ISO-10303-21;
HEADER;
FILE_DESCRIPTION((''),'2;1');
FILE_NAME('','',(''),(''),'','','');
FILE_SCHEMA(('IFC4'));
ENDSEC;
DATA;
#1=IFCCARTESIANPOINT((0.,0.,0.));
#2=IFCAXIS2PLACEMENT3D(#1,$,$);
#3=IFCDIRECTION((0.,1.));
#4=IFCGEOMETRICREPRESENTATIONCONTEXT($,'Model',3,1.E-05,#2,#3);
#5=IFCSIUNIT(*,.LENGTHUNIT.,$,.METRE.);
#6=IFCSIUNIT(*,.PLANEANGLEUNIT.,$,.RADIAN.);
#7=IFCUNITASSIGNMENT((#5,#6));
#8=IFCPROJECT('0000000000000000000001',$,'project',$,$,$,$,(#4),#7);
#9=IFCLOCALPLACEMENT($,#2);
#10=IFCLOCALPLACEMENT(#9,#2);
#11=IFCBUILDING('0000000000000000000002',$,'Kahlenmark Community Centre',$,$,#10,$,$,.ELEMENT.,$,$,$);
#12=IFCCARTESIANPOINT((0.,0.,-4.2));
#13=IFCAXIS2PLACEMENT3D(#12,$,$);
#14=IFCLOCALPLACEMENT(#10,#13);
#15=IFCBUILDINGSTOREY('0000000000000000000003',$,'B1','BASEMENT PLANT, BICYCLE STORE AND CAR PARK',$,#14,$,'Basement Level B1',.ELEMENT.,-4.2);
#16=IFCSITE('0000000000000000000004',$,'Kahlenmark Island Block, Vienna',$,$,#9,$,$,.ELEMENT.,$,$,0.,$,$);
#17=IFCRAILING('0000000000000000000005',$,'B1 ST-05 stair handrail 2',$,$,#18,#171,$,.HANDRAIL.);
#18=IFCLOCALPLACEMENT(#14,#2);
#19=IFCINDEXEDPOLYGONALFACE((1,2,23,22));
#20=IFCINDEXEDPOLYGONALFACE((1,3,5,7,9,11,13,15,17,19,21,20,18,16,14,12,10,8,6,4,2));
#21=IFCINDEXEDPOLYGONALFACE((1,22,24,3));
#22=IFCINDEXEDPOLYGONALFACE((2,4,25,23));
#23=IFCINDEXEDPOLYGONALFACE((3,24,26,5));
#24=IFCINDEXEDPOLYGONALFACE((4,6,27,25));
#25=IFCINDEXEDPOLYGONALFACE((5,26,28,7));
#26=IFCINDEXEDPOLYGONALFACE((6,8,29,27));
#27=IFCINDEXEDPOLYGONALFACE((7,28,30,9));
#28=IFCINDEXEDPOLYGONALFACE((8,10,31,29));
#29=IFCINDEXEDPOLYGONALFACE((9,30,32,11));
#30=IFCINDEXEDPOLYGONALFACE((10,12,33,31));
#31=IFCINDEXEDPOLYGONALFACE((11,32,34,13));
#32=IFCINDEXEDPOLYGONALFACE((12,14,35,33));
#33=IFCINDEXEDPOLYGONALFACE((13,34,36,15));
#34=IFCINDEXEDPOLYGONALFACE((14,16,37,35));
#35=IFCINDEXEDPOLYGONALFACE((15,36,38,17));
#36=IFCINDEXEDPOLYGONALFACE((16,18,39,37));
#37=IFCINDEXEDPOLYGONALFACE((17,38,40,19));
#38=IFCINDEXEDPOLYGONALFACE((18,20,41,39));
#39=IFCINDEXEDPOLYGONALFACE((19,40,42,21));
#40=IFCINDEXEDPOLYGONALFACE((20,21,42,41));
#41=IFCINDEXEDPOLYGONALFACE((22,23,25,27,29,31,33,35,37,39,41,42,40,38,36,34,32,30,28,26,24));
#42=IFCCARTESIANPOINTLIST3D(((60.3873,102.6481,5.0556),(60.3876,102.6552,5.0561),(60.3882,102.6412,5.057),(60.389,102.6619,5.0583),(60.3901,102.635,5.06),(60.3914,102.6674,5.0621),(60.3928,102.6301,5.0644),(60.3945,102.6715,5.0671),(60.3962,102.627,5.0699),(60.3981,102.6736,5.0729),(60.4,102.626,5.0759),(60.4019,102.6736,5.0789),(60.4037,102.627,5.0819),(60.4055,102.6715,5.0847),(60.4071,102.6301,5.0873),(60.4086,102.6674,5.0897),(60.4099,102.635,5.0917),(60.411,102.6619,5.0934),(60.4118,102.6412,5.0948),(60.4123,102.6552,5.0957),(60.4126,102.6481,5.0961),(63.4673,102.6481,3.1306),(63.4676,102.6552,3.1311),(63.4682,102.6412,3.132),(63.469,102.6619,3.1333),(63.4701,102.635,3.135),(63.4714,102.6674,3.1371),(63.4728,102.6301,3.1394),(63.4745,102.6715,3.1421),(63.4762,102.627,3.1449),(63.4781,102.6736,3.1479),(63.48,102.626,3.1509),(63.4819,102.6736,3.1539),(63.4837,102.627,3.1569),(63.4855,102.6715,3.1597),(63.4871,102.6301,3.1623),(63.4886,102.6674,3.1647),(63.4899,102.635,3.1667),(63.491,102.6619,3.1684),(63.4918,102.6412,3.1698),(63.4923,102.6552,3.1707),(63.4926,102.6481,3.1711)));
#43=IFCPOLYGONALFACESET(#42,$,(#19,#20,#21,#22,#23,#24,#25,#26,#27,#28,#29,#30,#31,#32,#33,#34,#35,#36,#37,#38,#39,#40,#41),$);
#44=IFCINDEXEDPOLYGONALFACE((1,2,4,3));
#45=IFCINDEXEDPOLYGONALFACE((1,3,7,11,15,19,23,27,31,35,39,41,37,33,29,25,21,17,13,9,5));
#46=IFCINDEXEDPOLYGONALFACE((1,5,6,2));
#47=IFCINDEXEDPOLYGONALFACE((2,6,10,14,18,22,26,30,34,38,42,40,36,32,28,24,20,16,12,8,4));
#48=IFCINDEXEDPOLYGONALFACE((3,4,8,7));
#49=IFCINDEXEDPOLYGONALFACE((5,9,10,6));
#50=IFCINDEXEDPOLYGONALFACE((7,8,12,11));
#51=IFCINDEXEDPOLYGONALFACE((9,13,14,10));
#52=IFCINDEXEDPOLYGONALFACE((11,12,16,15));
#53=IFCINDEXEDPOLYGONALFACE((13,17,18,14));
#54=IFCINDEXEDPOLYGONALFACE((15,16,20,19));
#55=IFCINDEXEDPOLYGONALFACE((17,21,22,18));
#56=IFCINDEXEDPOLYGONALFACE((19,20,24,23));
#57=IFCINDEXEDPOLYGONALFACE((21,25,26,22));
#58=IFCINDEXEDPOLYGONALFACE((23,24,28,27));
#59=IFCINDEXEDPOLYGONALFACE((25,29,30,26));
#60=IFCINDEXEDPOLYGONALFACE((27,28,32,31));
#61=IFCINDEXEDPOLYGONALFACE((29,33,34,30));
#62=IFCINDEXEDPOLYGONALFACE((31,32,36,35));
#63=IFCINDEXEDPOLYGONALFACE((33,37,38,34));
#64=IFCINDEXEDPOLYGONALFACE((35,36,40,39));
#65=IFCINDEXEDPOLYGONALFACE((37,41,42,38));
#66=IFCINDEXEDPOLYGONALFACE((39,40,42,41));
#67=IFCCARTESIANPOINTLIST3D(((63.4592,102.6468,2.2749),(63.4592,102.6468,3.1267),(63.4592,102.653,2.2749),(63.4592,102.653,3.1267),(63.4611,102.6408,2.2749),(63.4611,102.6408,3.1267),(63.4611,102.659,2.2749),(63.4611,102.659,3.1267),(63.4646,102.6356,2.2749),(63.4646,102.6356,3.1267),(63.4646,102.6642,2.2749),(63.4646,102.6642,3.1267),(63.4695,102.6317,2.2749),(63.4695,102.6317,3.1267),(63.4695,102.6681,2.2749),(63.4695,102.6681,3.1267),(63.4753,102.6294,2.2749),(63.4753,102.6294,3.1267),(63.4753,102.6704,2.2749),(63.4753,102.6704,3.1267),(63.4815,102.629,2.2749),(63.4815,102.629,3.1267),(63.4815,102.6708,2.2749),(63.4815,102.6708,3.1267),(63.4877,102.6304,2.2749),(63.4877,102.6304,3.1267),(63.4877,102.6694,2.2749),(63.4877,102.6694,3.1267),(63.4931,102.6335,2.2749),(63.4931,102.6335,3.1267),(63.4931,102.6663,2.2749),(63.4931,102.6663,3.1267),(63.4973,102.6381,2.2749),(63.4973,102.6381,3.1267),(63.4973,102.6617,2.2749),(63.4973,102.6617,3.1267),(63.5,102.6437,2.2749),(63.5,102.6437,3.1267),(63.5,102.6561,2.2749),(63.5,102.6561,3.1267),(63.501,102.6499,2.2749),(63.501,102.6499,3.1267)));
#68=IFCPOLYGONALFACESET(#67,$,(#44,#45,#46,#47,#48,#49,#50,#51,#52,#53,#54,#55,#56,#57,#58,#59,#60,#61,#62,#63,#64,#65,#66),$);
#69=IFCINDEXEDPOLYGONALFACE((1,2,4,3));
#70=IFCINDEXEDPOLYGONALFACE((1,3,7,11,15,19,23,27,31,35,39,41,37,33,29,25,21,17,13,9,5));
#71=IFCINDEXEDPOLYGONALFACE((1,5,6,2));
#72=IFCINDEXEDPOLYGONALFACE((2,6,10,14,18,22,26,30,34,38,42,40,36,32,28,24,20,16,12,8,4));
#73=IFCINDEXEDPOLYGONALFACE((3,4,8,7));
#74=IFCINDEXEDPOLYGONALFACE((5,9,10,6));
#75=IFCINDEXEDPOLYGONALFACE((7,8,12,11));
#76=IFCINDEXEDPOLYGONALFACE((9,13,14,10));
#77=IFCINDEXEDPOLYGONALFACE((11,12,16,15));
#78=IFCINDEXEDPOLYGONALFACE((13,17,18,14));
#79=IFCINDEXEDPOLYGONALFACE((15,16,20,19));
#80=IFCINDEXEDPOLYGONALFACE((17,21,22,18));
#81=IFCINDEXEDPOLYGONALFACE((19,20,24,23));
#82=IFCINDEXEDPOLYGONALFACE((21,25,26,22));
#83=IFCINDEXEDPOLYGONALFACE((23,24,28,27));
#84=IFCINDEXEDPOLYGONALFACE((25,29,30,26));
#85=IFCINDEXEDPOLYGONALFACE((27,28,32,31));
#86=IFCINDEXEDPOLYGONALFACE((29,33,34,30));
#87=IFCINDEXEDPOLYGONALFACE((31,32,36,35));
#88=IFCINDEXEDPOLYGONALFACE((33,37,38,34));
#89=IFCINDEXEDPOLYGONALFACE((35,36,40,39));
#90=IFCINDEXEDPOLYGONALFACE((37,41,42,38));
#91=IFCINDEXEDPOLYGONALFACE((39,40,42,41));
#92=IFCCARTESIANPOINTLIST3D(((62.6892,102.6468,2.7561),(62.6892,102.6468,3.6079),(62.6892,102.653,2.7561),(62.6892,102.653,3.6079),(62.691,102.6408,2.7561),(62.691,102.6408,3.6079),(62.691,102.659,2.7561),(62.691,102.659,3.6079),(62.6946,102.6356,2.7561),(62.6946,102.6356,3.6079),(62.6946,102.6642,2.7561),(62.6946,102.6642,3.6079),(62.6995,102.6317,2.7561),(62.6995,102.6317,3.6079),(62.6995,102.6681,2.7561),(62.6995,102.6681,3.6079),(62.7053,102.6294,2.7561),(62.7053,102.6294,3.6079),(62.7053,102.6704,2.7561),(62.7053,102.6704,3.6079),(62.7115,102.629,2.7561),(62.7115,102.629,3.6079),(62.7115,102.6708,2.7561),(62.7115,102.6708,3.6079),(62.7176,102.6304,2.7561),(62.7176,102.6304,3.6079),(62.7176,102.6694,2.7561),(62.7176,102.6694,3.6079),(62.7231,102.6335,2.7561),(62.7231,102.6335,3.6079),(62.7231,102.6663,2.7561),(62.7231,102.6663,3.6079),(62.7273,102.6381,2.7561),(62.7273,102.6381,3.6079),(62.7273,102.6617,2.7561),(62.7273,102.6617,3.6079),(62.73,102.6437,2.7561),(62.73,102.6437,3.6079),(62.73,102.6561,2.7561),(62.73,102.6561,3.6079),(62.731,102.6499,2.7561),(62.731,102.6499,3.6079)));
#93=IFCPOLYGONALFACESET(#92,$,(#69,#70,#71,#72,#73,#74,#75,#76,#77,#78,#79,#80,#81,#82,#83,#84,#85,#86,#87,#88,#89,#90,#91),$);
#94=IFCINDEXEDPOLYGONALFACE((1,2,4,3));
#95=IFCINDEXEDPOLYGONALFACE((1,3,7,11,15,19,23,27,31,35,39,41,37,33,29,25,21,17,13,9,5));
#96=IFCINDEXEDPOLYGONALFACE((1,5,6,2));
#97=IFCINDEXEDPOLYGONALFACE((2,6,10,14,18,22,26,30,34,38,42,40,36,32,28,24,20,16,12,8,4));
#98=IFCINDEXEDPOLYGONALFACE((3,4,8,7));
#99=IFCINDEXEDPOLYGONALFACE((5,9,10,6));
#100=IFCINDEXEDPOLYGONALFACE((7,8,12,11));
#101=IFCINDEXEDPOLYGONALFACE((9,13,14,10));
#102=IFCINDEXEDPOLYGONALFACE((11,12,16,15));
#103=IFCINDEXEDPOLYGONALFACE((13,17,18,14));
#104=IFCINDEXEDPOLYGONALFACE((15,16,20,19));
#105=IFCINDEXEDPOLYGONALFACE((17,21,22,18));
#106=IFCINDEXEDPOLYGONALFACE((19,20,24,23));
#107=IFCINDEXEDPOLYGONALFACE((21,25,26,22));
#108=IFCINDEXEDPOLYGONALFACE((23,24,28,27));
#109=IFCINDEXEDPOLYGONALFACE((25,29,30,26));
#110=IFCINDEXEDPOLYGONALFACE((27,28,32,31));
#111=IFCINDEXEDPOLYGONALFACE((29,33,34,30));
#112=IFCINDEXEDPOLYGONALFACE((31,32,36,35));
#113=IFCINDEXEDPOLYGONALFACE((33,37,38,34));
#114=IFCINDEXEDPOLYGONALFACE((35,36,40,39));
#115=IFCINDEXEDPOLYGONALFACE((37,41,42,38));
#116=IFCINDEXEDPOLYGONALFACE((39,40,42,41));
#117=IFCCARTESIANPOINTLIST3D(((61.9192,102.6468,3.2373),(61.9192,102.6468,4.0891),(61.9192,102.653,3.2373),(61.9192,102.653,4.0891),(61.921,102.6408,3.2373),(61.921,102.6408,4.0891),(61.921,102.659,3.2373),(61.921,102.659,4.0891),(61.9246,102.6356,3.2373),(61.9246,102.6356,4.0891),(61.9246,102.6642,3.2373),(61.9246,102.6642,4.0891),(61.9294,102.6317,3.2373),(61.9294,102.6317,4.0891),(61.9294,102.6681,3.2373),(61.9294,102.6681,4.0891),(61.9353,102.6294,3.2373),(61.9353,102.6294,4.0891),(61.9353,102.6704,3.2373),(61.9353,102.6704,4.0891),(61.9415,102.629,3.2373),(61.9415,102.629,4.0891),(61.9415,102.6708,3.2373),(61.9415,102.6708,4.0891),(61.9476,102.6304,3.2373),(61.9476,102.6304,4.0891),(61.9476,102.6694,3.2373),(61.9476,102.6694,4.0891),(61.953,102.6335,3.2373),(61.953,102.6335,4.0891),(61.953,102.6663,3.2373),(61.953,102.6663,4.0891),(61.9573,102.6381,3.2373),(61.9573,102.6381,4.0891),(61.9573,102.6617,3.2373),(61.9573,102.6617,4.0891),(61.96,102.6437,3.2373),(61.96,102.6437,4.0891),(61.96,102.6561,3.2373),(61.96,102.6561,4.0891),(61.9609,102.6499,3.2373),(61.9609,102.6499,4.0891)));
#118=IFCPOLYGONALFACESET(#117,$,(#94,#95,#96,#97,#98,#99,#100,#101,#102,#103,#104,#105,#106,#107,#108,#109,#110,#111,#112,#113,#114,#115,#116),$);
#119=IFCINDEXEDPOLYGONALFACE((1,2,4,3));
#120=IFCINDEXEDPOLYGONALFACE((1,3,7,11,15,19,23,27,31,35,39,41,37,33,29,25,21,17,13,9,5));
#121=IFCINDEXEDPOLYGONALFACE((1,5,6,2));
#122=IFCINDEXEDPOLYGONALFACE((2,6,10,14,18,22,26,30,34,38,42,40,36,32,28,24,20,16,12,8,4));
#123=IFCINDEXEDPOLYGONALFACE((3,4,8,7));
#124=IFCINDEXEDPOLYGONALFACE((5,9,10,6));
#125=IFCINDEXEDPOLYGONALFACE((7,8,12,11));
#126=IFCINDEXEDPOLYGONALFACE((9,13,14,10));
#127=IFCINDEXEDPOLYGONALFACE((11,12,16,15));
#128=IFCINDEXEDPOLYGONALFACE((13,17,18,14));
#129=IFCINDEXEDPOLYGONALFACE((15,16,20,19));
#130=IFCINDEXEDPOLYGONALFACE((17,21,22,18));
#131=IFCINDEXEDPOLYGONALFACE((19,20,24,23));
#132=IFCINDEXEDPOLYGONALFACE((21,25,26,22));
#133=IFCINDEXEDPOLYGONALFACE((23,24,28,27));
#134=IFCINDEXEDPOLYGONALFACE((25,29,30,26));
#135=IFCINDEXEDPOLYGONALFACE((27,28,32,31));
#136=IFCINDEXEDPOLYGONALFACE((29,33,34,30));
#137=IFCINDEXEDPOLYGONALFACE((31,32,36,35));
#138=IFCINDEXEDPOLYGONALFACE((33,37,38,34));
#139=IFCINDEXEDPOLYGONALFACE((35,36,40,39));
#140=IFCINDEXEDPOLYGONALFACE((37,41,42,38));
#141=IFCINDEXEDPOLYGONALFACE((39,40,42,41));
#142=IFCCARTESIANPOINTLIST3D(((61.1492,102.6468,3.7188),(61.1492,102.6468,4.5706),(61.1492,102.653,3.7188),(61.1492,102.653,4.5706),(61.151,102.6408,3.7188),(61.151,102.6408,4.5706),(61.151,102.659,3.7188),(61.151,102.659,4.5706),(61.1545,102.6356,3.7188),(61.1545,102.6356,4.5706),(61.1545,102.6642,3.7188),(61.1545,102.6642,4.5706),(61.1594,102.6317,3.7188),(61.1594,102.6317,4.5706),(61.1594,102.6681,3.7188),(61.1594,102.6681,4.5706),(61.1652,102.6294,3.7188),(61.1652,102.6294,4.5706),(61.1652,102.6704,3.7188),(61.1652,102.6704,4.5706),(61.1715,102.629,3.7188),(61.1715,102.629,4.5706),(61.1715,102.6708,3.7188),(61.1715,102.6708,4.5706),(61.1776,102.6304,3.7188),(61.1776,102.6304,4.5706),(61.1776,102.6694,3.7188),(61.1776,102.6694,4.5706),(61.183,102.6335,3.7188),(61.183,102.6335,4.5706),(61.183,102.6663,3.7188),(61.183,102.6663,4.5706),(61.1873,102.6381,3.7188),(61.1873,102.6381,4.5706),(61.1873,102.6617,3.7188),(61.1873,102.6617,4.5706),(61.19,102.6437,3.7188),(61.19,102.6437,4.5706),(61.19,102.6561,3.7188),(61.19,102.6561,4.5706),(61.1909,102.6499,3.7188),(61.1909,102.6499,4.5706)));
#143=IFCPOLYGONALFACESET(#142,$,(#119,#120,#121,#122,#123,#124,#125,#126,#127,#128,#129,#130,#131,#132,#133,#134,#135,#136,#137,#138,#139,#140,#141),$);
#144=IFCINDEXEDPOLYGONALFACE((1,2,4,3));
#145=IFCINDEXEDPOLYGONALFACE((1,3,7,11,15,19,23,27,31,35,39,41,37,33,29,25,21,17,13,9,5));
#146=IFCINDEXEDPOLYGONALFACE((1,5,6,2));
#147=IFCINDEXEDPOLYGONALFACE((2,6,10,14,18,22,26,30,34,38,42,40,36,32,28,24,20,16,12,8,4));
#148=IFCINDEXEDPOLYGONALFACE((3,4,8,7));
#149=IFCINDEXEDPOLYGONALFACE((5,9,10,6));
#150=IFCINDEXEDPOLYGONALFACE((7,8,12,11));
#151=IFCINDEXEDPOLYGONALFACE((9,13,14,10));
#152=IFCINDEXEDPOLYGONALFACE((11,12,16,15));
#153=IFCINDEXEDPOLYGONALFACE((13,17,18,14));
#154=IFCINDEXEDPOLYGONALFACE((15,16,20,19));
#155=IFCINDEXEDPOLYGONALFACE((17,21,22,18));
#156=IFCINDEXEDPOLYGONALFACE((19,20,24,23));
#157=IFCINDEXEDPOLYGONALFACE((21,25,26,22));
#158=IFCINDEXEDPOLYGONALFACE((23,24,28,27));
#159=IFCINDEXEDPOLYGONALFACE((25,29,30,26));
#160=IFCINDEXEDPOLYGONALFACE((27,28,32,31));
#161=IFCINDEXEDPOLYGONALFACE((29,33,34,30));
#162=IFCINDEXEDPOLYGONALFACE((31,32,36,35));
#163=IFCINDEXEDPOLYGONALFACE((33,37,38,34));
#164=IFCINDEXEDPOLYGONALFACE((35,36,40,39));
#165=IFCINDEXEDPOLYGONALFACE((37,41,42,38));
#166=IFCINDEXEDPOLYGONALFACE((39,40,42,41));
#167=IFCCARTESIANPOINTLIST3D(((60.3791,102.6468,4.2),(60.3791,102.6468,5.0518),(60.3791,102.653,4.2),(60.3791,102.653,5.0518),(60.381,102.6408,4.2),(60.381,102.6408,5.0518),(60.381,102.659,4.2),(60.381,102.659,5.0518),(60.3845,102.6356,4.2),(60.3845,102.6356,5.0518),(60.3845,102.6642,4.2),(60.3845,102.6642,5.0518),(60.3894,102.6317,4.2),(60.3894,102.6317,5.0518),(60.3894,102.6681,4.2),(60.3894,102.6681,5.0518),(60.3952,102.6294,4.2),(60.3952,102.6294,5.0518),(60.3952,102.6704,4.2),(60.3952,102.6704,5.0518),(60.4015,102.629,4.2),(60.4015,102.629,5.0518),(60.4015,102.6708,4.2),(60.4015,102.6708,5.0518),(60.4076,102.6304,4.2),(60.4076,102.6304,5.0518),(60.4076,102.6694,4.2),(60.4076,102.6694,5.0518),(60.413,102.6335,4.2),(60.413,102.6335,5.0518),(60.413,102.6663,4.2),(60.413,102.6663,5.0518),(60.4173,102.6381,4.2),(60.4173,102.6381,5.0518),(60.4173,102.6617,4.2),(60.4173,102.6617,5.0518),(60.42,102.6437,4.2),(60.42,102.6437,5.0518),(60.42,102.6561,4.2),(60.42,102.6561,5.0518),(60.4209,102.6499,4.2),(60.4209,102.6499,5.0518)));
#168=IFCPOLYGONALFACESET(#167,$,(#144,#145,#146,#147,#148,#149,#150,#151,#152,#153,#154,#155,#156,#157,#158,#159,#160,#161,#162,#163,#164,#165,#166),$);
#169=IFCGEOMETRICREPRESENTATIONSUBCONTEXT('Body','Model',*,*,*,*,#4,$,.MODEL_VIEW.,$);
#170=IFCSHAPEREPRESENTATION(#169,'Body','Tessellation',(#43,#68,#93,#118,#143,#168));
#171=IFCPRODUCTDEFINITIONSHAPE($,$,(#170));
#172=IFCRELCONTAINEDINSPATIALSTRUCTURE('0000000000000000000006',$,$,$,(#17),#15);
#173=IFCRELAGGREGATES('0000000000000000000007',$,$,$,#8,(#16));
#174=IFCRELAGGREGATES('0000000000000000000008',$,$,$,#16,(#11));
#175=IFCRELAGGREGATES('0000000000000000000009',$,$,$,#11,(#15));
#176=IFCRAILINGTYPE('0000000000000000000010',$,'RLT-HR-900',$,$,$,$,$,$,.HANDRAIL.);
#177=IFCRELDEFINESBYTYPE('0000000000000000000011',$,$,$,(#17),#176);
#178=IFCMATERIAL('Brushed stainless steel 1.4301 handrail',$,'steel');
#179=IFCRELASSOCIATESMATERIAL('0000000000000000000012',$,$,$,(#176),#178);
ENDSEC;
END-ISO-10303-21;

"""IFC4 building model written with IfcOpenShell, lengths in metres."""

from ifc_helpers import new_model, si_unit, direction, frame, origin, origin_2d, place, context, subcontext, project, spatial, circle, extrude, material, type_object, element, save


model = new_model("IFC4")

# Units and contexts
model_context = context("Model", 3, precision=1e-05, world=origin(), true_north=direction((0.0, 1.0)))
body_context = subcontext(model_context, "Body", "Model", "MODEL_VIEW")
ifc_project = project(units=[si_unit("LENGTHUNIT", "METRE"), si_unit("PLANEANGLEUNIT", "RADIAN")], contexts=[model_context])

# Site, building, storey
site_placement = place(None, origin())
site = spatial("IfcSite", under=ifc_project, at=site_placement, Name="Kahlenmark Island Block, Vienna", CompositionType="ELEMENT", RefElevation=0.0)
building_placement = place(site_placement, origin())
building = spatial("IfcBuilding", under=site, at=building_placement, Name="Kahlenmark Community Centre", CompositionType="ELEMENT")
storey_placement = place(building_placement, frame((0.0, 0.0, -4.2)))
storey = spatial("IfcBuildingStorey", under=building, at=storey_placement, Name="B1", Description="BASEMENT PLANT, BICYCLE STORE AND CAR PARK", LongName="Basement Level B1", CompositionType="ELEMENT", Elevation=-4.2)

# Railing
ifc_material_1 = material(Name="Brushed stainless steel 1.4301 handrail", Category="steel")
railing_type_1 = type_object("IfcRailingType", Name="RLT-HR-900", PredefinedType="HANDRAIL", material=ifc_material_1)
railing_1_placement = place(storey_placement, frame((63.48, 102.6499, 2.2749)))
element("IfcRailing", 1, at=railing_1_placement, inside=storey, type_object=railing_type_1, Name="B1 ST-05 stair handrail 2", PredefinedType="HANDRAIL", context=body_context, shape_type="SweptSolid", body=[
    extrude(circle(Radius=0.0239, at=origin_2d()), frame((0.0, 0.0, 0.876), z_axis=(-0.847998, 0.0, 0.529999), x_axis=(0.0, -1.0, 0.0)), (0.0, 0.0, 1.0), 3.6321),
    extrude(circle(Radius=0.021, at=origin_2d()), origin(), (0.0, 0.0, 1.0), 0.8518),
    extrude(circle(Radius=0.021, at=origin_2d()), frame((-0.77, 0.0, 0.4812)), (0.0, 0.0, 1.0), 0.8518),
    extrude(circle(Radius=0.021, at=origin_2d()), frame((-1.54, 0.0, 0.9624)), (0.0, 0.0, 1.0), 0.8518),
    extrude(circle(Radius=0.021, at=origin_2d()), frame((-2.3101, 0.0, 1.4438)), (0.0, 0.0, 1.0), 0.8518),
    extrude(circle(Radius=0.021, at=origin_2d()), frame((-3.0801, 0.0, 1.925)), (0.0, 0.0, 1.0), 0.8518),
])

save(model, "model.ifc")
